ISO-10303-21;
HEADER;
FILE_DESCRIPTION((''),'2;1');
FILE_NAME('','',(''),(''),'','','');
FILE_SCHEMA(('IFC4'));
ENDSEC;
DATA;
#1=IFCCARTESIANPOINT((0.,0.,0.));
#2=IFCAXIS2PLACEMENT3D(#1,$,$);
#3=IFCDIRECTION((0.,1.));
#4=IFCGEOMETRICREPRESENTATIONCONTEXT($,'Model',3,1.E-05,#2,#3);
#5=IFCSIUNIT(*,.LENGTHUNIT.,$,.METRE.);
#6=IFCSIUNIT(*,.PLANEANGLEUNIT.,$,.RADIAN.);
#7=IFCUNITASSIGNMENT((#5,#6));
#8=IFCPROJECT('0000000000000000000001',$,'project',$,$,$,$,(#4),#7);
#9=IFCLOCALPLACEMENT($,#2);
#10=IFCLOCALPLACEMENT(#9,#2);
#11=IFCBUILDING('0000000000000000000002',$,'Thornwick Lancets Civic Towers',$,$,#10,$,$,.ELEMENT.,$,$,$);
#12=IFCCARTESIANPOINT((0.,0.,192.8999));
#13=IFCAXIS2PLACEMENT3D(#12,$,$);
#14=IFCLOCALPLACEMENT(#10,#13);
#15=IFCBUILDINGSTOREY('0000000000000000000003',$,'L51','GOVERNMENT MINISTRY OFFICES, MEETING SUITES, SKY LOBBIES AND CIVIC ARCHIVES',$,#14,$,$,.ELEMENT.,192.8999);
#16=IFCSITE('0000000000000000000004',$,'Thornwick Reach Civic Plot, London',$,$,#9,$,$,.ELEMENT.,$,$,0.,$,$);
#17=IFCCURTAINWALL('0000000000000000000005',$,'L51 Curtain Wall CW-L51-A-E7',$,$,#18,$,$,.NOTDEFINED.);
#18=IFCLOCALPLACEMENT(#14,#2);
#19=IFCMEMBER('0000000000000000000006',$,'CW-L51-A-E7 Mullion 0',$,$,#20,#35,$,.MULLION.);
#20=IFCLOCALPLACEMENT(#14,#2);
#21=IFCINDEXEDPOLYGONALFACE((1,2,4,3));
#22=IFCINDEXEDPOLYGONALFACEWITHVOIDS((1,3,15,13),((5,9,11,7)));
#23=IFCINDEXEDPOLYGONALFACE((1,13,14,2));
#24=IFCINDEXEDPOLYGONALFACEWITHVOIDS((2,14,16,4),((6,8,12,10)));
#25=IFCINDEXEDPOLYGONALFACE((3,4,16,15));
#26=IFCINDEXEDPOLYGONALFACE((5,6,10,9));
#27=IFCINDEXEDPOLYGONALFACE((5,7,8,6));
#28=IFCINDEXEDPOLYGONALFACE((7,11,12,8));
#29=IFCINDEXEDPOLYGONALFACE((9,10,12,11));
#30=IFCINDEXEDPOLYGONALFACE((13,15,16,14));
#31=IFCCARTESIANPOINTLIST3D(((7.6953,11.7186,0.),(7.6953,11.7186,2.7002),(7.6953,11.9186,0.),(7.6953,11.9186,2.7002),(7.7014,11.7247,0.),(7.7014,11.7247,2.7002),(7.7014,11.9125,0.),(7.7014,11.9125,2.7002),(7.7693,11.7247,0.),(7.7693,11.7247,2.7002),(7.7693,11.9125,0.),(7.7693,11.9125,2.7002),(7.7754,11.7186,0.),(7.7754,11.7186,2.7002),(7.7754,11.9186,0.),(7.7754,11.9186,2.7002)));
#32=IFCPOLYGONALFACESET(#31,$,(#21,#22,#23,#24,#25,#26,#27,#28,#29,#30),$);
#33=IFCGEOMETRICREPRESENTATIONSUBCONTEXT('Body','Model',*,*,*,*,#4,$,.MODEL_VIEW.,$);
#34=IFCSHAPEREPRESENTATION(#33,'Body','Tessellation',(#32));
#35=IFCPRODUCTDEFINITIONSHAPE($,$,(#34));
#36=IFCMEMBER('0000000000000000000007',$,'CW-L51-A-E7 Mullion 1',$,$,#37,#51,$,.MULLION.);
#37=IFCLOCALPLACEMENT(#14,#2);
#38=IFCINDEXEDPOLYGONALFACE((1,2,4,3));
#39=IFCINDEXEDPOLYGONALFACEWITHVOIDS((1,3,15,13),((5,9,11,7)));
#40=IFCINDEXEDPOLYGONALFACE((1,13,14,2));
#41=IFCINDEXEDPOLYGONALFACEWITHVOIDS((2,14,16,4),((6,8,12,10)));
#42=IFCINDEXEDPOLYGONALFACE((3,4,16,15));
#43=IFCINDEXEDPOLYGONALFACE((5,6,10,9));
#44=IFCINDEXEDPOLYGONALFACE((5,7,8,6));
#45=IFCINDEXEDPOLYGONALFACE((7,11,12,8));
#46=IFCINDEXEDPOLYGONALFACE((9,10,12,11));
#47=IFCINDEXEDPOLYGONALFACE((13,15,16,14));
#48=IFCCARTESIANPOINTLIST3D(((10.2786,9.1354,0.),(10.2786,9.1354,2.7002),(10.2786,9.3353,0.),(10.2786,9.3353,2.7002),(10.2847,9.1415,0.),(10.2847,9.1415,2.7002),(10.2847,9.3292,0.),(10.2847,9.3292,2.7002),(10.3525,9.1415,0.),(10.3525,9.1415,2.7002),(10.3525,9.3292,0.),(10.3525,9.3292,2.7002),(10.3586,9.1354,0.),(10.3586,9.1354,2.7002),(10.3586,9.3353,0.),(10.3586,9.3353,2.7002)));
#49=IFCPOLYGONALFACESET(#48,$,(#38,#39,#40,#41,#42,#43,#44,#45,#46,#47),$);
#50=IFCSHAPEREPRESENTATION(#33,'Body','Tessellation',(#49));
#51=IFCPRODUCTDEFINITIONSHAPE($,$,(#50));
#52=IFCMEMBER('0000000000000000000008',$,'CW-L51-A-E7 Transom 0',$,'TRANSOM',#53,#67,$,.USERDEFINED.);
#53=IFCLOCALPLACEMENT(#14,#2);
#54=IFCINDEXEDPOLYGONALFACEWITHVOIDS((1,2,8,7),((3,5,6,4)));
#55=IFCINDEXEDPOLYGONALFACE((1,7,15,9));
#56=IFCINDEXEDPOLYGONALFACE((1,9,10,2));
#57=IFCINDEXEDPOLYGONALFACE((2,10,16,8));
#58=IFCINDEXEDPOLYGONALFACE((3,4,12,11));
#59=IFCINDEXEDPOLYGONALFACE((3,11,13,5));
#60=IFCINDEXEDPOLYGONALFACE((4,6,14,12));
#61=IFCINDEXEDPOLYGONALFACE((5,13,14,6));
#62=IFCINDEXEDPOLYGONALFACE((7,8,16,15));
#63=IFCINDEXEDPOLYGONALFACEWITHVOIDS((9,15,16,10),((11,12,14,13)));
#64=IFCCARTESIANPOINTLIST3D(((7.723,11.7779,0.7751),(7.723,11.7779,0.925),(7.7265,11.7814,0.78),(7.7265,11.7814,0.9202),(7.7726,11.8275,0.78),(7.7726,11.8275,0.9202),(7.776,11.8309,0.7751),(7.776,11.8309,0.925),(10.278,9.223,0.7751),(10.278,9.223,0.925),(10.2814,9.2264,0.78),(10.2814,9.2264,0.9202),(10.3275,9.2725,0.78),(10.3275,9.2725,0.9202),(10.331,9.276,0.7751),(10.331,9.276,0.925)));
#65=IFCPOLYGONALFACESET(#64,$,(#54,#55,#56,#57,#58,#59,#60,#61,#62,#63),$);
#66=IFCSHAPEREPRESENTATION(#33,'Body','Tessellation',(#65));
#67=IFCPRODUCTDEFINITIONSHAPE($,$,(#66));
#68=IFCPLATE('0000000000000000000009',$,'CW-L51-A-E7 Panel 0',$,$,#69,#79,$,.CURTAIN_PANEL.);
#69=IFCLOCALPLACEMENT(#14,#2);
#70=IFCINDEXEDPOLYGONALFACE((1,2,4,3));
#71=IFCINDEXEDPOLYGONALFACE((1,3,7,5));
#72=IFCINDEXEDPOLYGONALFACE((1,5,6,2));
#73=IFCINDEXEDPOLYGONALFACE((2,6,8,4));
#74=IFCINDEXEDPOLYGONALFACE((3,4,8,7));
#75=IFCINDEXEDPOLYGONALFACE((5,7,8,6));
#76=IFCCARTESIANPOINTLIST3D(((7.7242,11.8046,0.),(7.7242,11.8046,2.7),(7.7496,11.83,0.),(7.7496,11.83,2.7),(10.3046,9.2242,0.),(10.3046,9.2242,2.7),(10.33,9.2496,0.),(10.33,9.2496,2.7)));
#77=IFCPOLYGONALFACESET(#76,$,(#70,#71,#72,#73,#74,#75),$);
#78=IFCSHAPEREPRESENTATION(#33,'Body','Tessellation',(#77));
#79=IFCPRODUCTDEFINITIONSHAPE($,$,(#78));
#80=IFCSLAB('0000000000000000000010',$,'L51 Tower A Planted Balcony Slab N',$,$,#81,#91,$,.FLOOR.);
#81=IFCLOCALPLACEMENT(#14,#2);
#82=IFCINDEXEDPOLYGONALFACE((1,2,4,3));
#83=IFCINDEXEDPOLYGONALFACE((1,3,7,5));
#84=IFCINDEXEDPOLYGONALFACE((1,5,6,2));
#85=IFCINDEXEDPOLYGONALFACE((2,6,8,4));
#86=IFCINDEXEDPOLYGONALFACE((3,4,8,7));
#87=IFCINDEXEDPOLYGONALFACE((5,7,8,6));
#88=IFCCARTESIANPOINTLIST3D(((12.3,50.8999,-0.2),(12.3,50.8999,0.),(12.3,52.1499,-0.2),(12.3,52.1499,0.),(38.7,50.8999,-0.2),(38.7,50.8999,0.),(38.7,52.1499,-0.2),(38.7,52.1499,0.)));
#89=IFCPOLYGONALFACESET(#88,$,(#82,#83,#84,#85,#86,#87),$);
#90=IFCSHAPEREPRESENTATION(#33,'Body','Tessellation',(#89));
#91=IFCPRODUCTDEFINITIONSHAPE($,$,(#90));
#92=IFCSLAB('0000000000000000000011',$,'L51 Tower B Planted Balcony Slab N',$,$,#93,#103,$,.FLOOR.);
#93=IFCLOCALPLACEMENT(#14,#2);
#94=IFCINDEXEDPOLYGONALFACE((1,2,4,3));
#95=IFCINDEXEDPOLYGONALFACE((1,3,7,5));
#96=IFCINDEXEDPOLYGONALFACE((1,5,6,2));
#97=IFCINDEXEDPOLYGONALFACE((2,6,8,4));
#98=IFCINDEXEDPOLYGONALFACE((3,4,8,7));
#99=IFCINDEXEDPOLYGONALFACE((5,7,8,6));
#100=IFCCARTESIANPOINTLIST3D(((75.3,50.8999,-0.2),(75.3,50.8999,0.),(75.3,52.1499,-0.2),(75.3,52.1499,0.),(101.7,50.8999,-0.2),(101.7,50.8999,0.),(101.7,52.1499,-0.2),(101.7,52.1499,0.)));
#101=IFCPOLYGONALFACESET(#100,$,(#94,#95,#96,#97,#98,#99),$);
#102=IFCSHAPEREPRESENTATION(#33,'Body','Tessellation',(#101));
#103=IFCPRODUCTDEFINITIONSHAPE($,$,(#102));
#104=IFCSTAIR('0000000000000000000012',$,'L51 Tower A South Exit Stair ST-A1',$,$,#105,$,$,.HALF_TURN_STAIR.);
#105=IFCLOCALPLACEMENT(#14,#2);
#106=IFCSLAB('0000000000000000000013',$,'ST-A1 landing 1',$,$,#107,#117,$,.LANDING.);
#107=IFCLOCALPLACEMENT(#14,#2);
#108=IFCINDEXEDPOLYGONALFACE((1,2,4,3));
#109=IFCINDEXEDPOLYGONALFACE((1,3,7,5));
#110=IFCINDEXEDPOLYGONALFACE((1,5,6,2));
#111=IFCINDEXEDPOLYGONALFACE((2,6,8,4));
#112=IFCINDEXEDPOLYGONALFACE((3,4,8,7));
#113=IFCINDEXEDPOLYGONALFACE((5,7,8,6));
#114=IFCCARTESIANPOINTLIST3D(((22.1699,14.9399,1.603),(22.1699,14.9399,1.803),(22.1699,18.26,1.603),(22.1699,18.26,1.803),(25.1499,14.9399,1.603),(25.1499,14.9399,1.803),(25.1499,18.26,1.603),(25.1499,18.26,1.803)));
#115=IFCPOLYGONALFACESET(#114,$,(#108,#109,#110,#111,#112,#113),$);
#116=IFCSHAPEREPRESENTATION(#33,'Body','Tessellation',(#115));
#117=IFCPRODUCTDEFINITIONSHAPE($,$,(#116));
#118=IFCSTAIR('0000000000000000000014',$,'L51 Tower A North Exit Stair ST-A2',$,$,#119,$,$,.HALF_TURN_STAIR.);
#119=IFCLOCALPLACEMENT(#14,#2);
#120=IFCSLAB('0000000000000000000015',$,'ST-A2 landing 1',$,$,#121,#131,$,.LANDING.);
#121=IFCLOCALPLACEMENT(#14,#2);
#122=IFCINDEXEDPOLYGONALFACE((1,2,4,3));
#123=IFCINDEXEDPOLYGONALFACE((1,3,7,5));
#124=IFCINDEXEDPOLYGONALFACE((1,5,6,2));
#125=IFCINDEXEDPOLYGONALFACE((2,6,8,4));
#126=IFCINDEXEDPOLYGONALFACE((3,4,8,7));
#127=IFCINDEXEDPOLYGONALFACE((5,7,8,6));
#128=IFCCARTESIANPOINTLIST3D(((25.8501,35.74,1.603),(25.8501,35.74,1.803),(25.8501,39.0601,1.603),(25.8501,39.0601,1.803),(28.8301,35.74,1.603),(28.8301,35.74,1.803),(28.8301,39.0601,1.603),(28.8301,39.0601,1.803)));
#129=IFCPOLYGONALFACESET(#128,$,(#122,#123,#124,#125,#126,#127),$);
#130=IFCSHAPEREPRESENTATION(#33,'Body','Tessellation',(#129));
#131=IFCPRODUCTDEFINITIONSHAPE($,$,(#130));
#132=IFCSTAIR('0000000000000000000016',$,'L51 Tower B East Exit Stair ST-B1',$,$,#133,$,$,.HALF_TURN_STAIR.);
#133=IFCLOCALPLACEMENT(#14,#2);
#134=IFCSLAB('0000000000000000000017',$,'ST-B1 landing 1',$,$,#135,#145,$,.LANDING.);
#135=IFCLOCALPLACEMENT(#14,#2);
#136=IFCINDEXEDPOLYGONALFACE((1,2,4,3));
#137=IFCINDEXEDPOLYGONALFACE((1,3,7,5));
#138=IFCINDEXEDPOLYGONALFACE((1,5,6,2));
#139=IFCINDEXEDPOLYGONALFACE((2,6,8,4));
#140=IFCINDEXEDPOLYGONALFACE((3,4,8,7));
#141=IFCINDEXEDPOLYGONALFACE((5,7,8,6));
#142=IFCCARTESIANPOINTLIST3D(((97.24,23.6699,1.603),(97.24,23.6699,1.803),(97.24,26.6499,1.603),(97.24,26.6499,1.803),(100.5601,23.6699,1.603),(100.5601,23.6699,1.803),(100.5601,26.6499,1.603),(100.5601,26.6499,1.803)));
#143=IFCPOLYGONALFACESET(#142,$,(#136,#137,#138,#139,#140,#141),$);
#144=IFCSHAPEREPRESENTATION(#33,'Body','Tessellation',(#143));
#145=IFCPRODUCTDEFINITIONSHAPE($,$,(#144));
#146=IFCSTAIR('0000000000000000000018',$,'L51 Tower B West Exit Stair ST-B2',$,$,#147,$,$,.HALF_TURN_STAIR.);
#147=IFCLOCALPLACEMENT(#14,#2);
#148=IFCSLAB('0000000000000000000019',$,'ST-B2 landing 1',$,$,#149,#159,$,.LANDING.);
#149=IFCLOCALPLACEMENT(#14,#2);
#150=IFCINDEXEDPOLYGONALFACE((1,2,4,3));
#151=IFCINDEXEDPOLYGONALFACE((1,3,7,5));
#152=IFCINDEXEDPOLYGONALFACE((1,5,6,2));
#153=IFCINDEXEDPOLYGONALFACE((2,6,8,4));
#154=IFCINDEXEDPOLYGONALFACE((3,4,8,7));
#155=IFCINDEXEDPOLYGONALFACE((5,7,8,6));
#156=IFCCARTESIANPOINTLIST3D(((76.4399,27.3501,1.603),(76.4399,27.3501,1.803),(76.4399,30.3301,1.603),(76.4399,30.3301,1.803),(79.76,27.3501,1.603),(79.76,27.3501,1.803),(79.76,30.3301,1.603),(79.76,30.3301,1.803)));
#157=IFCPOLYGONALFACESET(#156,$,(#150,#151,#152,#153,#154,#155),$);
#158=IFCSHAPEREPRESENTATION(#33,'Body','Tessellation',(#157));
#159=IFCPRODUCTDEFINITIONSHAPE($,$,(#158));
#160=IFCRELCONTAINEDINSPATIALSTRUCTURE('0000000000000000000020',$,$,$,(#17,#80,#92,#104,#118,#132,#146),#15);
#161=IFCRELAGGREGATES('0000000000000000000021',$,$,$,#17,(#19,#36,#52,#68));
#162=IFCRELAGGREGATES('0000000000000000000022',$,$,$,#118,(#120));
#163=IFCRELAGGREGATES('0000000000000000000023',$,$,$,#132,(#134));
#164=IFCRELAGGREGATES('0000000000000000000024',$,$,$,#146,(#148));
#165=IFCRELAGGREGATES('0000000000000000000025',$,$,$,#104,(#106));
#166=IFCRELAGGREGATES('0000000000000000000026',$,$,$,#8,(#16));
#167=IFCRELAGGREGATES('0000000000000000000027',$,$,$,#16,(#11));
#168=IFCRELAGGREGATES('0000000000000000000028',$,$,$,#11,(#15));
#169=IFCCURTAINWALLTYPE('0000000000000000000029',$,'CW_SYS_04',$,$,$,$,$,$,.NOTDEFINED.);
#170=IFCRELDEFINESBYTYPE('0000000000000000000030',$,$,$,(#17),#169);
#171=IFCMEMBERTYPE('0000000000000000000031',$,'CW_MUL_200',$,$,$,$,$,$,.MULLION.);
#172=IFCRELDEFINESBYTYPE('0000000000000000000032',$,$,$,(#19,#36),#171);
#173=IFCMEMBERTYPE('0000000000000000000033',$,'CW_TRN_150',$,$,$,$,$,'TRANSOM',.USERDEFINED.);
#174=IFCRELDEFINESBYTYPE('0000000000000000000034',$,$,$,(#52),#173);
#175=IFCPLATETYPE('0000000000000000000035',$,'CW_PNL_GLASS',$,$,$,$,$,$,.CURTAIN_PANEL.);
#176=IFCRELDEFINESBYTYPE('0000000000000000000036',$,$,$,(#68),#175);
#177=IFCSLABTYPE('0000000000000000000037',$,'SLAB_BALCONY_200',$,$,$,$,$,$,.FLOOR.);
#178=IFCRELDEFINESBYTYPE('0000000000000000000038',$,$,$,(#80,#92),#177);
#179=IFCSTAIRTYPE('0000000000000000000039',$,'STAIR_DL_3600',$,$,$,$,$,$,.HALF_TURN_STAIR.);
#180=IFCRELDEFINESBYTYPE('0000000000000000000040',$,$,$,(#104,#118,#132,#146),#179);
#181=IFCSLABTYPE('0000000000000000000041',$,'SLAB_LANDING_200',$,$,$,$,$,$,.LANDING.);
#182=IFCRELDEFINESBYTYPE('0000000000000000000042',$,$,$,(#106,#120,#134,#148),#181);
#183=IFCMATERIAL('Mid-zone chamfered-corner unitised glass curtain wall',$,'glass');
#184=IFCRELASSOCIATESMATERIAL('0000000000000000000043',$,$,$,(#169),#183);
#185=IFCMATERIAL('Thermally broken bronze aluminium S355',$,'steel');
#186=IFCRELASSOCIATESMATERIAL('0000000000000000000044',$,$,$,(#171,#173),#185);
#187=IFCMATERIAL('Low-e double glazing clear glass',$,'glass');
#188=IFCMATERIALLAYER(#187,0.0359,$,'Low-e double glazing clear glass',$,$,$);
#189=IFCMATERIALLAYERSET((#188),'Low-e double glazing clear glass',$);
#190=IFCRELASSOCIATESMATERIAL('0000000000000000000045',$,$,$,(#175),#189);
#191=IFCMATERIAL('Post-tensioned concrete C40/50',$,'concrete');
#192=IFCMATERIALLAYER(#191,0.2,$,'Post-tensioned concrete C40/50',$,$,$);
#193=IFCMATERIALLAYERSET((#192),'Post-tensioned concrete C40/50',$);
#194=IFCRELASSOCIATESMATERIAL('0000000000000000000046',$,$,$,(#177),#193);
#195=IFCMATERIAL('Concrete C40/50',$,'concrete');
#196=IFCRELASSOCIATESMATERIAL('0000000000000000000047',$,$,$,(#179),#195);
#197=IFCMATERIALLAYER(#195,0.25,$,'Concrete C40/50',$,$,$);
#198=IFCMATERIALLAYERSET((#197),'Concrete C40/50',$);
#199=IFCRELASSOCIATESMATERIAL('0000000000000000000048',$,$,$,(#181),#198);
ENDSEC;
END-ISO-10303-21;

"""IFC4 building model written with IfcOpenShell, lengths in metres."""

from ifc_helpers import new_model, si_unit, direction, frame, origin, origin_2d, place, context, subcontext, project, spatial, polyline, rectangle, hollow_rectangle, outline, extrude, material, layer, layer_set, material_profile, profile_set, type_object, element, aggregate, save


model = new_model("IFC4")

# Units and contexts
model_context = context("Model", 3, precision=1e-05, world=origin(), true_north=direction((0.0, 1.0)))
body_context = subcontext(model_context, "Body", "Model", "MODEL_VIEW")
ifc_project = project(units=[si_unit("LENGTHUNIT", "METRE"), si_unit("PLANEANGLEUNIT", "RADIAN")], contexts=[model_context])

# Site, building, storey
site_placement = place(None, origin())
site = spatial("IfcSite", under=ifc_project, at=site_placement, Name="Thornwick Reach Civic Plot, London", CompositionType="ELEMENT", RefElevation=0.0)
building_placement = place(site_placement, origin())
building = spatial("IfcBuilding", under=site, at=building_placement, Name="Thornwick Lancets Civic Towers", CompositionType="ELEMENT")
storey_placement = place(building_placement, frame((0.0, 0.0, 192.8999)))
storey = spatial("IfcBuildingStorey", under=building, at=storey_placement, Name="L51", Description="GOVERNMENT MINISTRY OFFICES, MEETING SUITES, SKY LOBBIES AND CIVIC ARCHIVES", CompositionType="ELEMENT", Elevation=192.8999)

# Curtain wall, members, plate
ifc_material_1 = material(Name="Mid-zone chamfered-corner unitised glass curtain wall", Category="glass")
curtain_wall_type = type_object("IfcCurtainWallType", Name="CW_SYS_04", PredefinedType="NOTDEFINED", material=ifc_material_1)
curtain_wall_placement = place(storey_placement, origin())
curtain_wall = element("IfcCurtainWall", 1, at=curtain_wall_placement, inside=storey, type_object=curtain_wall_type, Name="L51 Curtain Wall CW-L51-A-E7", PredefinedType="NOTDEFINED")
ifc_material_2 = material(Name="Thermally broken bronze aluminium S355", Category="steel")
ifc_material_profile_1 = material_profile(ifc_material_2, hollow_rectangle(XDim=0.0801, YDim=0.2, WallThickness=0.0061, at=origin_2d()), Name="RHS 200x80x6")
ifc_profile_set_1 = profile_set([ifc_material_profile_1], Name="Thermally broken bronze aluminium S355")
member_type_1 = type_object("IfcMemberType", Name="CW_MUL_200", PredefinedType="MULLION", material=ifc_profile_set_1)
member_1_placement = place(storey_placement, frame((7.7354, 11.8186, 0.0), z_axis=(0.0, 0.0, 1.0), x_axis=(1.0, 0.0, 0.0)))
member_1 = element("IfcMember", 2, at=member_1_placement, type_object=member_type_1, Name="CW-L51-A-E7 Mullion 0", PredefinedType="MULLION", context=body_context, shape_type="SweptSolid", body=[
    extrude(hollow_rectangle(XDim=0.0801, YDim=0.2, WallThickness=0.0061, at=origin_2d()), origin(), (0.0, 0.0, 1.0), 2.7002),
])
member_2_placement = place(storey_placement, frame((10.3186, 9.2354, 0.0), z_axis=(0.0, 0.0, 1.0), x_axis=(1.0, 0.0, 0.0)))
member_2 = element("IfcMember", 3, at=member_2_placement, type_object=member_type_1, Name="CW-L51-A-E7 Mullion 1", PredefinedType="MULLION", context=body_context, shape_type="SweptSolid", body=[
    extrude(hollow_rectangle(XDim=0.0801, YDim=0.2, WallThickness=0.0061, at=origin_2d()), origin(), (0.0, 0.0, 1.0), 2.7002),
])
ifc_material_profile_2 = material_profile(ifc_material_2, hollow_rectangle(XDim=0.075, YDim=0.1499, WallThickness=0.0049, at=origin_2d()), Name="RHS 150x75x5")
ifc_profile_set_2 = profile_set([ifc_material_profile_2], Name="Thermally broken bronze aluminium S355")
member_type_2 = type_object("IfcMemberType", Name="CW_TRN_150", ElementType="TRANSOM", PredefinedType="USERDEFINED", material=ifc_profile_set_2)
member_3_placement = place(storey_placement, frame((7.7495, 11.8044, 0.8501), z_axis=(0.707107, -0.707107, 0.0), x_axis=(0.707107, 0.707107, 0.0)))
member_3 = element("IfcMember", 4, at=member_3_placement, type_object=member_type_2, Name="CW-L51-A-E7 Transom 0", ObjectType="TRANSOM", PredefinedType="USERDEFINED", context=body_context, shape_type="SweptSolid", body=[
    extrude(hollow_rectangle(XDim=0.075, YDim=0.1499, WallThickness=0.0049, at=origin_2d()), origin(), (0.0, 0.0, 1.0), 3.6133),
])
ifc_material_3 = material(Name="Low-e double glazing clear glass", Category="glass")
ifc_layer_1 = layer(ifc_material_3, 0.0359, Name="Low-e double glazing clear glass")
ifc_layer_set_1 = layer_set([ifc_layer_1], Name="Low-e double glazing clear glass")
plate_type = type_object("IfcPlateType", Name="CW_PNL_GLASS", PredefinedType="CURTAIN_PANEL", material=ifc_layer_set_1)
plate_placement = place(storey_placement, frame((9.0271, 10.5271, 0.0), z_axis=(0.0, 0.0, 1.0), x_axis=(0.707107, -0.707107, 0.0)))
plate = element("IfcPlate", 5, at=plate_placement, type_object=plate_type, Name="CW-L51-A-E7 Panel 0", PredefinedType="CURTAIN_PANEL", context=body_context, shape_type="SweptSolid", body=[
    extrude(rectangle(XDim=3.6492, YDim=0.0359, at=origin_2d()), origin(), (0.0, 0.0, 1.0), 2.7),
])
aggregate(curtain_wall, [member_1, member_2, member_3, plate])

# Slabs
ifc_material_4 = material(Name="Post-tensioned concrete C40/50", Category="concrete")
ifc_layer_2 = layer(ifc_material_4, 0.2, Name="Post-tensioned concrete C40/50")
ifc_layer_set_2 = layer_set([ifc_layer_2], Name="Post-tensioned concrete C40/50")
slab_type_1 = type_object("IfcSlabType", Name="SLAB_BALCONY_200", PredefinedType="FLOOR", material=ifc_layer_set_2)
slab_1_placement = place(storey_placement, frame((0.0, 0.0, -0.2)))
element("IfcSlab", 6, at=slab_1_placement, inside=storey, type_object=slab_type_1, Name="L51 Tower A Planted Balcony Slab N", PredefinedType="FLOOR", context=body_context, shape_type="SweptSolid", body=[
    extrude(outline(polyline([(12.3, 50.8999), (38.7, 50.8999), (38.7, 52.1499), (12.3, 52.1499), (12.3, 50.8999)])), origin(), (0.0, 0.0, 1.0), 0.2),
])
slab_2_placement = place(storey_placement, frame((0.0, 0.0, -0.2)))
element("IfcSlab", 7, at=slab_2_placement, inside=storey, type_object=slab_type_1, Name="L51 Tower B Planted Balcony Slab N", PredefinedType="FLOOR", context=body_context, shape_type="SweptSolid", body=[
    extrude(outline(polyline([(75.3, 50.8999), (101.7, 50.8999), (101.7, 52.1499), (75.3, 52.1499), (75.3, 50.8999)])), origin(), (0.0, 0.0, 1.0), 0.2),
])

# Stairs, slabs
ifc_material_5 = material(Name="Concrete C40/50", Category="concrete")
stair_type = type_object("IfcStairType", Name="STAIR_DL_3600", PredefinedType="HALF_TURN_STAIR", material=ifc_material_5)
stair_1_placement = place(storey_placement, origin())
stair_1 = element("IfcStair", 8, at=stair_1_placement, inside=storey, type_object=stair_type, Name="L51 Tower A South Exit Stair ST-A1", PredefinedType="HALF_TURN_STAIR")
ifc_layer_3 = layer(ifc_material_5, 0.25, Name="Concrete C40/50")
ifc_layer_set_3 = layer_set([ifc_layer_3], Name="Concrete C40/50")
slab_type_2 = type_object("IfcSlabType", Name="SLAB_LANDING_200", PredefinedType="LANDING", material=ifc_layer_set_3)
slab_3_placement = place(storey_placement, frame((0.0, 0.0, 1.603)))
slab_3 = element("IfcSlab", 9, at=slab_3_placement, type_object=slab_type_2, Name="ST-A1 landing 1", PredefinedType="LANDING", context=body_context, shape_type="SweptSolid", body=[
    extrude(outline(polyline([(22.1699, 14.9399), (25.1499, 14.9399), (25.1499, 18.26), (22.1699, 18.26), (22.1699, 14.9399)])), origin(), (0.0, 0.0, 1.0), 0.2),
])
stair_2_placement = place(storey_placement, origin())
stair_2 = element("IfcStair", 10, at=stair_2_placement, inside=storey, type_object=stair_type, Name="L51 Tower A North Exit Stair ST-A2", PredefinedType="HALF_TURN_STAIR")
slab_4_placement = place(storey_placement, frame((0.0, 0.0, 1.603)))
slab_4 = element("IfcSlab", 11, at=slab_4_placement, type_object=slab_type_2, Name="ST-A2 landing 1", PredefinedType="LANDING", context=body_context, shape_type="SweptSolid", body=[
    extrude(outline(polyline([(28.8301, 39.0601), (25.8501, 39.0601), (25.8501, 35.74), (28.8301, 35.74), (28.8301, 39.0601)])), origin(), (0.0, 0.0, 1.0), 0.2),
])
aggregate(stair_2, [slab_4])
stair_3_placement = place(storey_placement, origin())
stair_3 = element("IfcStair", 12, at=stair_3_placement, inside=storey, type_object=stair_type, Name="L51 Tower B East Exit Stair ST-B1", PredefinedType="HALF_TURN_STAIR")
slab_5_placement = place(storey_placement, frame((0.0, 0.0, 1.603)))
slab_5 = element("IfcSlab", 13, at=slab_5_placement, type_object=slab_type_2, Name="ST-B1 landing 1", PredefinedType="LANDING", context=body_context, shape_type="SweptSolid", body=[
    extrude(outline(polyline([(100.5601, 23.6699), (100.5601, 26.6499), (97.24, 26.6499), (97.24, 23.6699), (100.5601, 23.6699)])), origin(), (0.0, 0.0, 1.0), 0.2),
])
aggregate(stair_3, [slab_5])
stair_4_placement = place(storey_placement, origin())
stair_4 = element("IfcStair", 14, at=stair_4_placement, inside=storey, type_object=stair_type, Name="L51 Tower B West Exit Stair ST-B2", PredefinedType="HALF_TURN_STAIR")
slab_6_placement = place(storey_placement, frame((0.0, 0.0, 1.603)))
slab_6 = element("IfcSlab", 15, at=slab_6_placement, type_object=slab_type_2, Name="ST-B2 landing 1", PredefinedType="LANDING", context=body_context, shape_type="SweptSolid", body=[
    extrude(outline(polyline([(76.4399, 30.3301), (76.4399, 27.3501), (79.76, 27.3501), (79.76, 30.3301), (76.4399, 30.3301)])), origin(), (0.0, 0.0, 1.0), 0.2),
])
aggregate(stair_4, [slab_6])

aggregate(stair_1, [slab_3])

save(model, "model.ifc")
